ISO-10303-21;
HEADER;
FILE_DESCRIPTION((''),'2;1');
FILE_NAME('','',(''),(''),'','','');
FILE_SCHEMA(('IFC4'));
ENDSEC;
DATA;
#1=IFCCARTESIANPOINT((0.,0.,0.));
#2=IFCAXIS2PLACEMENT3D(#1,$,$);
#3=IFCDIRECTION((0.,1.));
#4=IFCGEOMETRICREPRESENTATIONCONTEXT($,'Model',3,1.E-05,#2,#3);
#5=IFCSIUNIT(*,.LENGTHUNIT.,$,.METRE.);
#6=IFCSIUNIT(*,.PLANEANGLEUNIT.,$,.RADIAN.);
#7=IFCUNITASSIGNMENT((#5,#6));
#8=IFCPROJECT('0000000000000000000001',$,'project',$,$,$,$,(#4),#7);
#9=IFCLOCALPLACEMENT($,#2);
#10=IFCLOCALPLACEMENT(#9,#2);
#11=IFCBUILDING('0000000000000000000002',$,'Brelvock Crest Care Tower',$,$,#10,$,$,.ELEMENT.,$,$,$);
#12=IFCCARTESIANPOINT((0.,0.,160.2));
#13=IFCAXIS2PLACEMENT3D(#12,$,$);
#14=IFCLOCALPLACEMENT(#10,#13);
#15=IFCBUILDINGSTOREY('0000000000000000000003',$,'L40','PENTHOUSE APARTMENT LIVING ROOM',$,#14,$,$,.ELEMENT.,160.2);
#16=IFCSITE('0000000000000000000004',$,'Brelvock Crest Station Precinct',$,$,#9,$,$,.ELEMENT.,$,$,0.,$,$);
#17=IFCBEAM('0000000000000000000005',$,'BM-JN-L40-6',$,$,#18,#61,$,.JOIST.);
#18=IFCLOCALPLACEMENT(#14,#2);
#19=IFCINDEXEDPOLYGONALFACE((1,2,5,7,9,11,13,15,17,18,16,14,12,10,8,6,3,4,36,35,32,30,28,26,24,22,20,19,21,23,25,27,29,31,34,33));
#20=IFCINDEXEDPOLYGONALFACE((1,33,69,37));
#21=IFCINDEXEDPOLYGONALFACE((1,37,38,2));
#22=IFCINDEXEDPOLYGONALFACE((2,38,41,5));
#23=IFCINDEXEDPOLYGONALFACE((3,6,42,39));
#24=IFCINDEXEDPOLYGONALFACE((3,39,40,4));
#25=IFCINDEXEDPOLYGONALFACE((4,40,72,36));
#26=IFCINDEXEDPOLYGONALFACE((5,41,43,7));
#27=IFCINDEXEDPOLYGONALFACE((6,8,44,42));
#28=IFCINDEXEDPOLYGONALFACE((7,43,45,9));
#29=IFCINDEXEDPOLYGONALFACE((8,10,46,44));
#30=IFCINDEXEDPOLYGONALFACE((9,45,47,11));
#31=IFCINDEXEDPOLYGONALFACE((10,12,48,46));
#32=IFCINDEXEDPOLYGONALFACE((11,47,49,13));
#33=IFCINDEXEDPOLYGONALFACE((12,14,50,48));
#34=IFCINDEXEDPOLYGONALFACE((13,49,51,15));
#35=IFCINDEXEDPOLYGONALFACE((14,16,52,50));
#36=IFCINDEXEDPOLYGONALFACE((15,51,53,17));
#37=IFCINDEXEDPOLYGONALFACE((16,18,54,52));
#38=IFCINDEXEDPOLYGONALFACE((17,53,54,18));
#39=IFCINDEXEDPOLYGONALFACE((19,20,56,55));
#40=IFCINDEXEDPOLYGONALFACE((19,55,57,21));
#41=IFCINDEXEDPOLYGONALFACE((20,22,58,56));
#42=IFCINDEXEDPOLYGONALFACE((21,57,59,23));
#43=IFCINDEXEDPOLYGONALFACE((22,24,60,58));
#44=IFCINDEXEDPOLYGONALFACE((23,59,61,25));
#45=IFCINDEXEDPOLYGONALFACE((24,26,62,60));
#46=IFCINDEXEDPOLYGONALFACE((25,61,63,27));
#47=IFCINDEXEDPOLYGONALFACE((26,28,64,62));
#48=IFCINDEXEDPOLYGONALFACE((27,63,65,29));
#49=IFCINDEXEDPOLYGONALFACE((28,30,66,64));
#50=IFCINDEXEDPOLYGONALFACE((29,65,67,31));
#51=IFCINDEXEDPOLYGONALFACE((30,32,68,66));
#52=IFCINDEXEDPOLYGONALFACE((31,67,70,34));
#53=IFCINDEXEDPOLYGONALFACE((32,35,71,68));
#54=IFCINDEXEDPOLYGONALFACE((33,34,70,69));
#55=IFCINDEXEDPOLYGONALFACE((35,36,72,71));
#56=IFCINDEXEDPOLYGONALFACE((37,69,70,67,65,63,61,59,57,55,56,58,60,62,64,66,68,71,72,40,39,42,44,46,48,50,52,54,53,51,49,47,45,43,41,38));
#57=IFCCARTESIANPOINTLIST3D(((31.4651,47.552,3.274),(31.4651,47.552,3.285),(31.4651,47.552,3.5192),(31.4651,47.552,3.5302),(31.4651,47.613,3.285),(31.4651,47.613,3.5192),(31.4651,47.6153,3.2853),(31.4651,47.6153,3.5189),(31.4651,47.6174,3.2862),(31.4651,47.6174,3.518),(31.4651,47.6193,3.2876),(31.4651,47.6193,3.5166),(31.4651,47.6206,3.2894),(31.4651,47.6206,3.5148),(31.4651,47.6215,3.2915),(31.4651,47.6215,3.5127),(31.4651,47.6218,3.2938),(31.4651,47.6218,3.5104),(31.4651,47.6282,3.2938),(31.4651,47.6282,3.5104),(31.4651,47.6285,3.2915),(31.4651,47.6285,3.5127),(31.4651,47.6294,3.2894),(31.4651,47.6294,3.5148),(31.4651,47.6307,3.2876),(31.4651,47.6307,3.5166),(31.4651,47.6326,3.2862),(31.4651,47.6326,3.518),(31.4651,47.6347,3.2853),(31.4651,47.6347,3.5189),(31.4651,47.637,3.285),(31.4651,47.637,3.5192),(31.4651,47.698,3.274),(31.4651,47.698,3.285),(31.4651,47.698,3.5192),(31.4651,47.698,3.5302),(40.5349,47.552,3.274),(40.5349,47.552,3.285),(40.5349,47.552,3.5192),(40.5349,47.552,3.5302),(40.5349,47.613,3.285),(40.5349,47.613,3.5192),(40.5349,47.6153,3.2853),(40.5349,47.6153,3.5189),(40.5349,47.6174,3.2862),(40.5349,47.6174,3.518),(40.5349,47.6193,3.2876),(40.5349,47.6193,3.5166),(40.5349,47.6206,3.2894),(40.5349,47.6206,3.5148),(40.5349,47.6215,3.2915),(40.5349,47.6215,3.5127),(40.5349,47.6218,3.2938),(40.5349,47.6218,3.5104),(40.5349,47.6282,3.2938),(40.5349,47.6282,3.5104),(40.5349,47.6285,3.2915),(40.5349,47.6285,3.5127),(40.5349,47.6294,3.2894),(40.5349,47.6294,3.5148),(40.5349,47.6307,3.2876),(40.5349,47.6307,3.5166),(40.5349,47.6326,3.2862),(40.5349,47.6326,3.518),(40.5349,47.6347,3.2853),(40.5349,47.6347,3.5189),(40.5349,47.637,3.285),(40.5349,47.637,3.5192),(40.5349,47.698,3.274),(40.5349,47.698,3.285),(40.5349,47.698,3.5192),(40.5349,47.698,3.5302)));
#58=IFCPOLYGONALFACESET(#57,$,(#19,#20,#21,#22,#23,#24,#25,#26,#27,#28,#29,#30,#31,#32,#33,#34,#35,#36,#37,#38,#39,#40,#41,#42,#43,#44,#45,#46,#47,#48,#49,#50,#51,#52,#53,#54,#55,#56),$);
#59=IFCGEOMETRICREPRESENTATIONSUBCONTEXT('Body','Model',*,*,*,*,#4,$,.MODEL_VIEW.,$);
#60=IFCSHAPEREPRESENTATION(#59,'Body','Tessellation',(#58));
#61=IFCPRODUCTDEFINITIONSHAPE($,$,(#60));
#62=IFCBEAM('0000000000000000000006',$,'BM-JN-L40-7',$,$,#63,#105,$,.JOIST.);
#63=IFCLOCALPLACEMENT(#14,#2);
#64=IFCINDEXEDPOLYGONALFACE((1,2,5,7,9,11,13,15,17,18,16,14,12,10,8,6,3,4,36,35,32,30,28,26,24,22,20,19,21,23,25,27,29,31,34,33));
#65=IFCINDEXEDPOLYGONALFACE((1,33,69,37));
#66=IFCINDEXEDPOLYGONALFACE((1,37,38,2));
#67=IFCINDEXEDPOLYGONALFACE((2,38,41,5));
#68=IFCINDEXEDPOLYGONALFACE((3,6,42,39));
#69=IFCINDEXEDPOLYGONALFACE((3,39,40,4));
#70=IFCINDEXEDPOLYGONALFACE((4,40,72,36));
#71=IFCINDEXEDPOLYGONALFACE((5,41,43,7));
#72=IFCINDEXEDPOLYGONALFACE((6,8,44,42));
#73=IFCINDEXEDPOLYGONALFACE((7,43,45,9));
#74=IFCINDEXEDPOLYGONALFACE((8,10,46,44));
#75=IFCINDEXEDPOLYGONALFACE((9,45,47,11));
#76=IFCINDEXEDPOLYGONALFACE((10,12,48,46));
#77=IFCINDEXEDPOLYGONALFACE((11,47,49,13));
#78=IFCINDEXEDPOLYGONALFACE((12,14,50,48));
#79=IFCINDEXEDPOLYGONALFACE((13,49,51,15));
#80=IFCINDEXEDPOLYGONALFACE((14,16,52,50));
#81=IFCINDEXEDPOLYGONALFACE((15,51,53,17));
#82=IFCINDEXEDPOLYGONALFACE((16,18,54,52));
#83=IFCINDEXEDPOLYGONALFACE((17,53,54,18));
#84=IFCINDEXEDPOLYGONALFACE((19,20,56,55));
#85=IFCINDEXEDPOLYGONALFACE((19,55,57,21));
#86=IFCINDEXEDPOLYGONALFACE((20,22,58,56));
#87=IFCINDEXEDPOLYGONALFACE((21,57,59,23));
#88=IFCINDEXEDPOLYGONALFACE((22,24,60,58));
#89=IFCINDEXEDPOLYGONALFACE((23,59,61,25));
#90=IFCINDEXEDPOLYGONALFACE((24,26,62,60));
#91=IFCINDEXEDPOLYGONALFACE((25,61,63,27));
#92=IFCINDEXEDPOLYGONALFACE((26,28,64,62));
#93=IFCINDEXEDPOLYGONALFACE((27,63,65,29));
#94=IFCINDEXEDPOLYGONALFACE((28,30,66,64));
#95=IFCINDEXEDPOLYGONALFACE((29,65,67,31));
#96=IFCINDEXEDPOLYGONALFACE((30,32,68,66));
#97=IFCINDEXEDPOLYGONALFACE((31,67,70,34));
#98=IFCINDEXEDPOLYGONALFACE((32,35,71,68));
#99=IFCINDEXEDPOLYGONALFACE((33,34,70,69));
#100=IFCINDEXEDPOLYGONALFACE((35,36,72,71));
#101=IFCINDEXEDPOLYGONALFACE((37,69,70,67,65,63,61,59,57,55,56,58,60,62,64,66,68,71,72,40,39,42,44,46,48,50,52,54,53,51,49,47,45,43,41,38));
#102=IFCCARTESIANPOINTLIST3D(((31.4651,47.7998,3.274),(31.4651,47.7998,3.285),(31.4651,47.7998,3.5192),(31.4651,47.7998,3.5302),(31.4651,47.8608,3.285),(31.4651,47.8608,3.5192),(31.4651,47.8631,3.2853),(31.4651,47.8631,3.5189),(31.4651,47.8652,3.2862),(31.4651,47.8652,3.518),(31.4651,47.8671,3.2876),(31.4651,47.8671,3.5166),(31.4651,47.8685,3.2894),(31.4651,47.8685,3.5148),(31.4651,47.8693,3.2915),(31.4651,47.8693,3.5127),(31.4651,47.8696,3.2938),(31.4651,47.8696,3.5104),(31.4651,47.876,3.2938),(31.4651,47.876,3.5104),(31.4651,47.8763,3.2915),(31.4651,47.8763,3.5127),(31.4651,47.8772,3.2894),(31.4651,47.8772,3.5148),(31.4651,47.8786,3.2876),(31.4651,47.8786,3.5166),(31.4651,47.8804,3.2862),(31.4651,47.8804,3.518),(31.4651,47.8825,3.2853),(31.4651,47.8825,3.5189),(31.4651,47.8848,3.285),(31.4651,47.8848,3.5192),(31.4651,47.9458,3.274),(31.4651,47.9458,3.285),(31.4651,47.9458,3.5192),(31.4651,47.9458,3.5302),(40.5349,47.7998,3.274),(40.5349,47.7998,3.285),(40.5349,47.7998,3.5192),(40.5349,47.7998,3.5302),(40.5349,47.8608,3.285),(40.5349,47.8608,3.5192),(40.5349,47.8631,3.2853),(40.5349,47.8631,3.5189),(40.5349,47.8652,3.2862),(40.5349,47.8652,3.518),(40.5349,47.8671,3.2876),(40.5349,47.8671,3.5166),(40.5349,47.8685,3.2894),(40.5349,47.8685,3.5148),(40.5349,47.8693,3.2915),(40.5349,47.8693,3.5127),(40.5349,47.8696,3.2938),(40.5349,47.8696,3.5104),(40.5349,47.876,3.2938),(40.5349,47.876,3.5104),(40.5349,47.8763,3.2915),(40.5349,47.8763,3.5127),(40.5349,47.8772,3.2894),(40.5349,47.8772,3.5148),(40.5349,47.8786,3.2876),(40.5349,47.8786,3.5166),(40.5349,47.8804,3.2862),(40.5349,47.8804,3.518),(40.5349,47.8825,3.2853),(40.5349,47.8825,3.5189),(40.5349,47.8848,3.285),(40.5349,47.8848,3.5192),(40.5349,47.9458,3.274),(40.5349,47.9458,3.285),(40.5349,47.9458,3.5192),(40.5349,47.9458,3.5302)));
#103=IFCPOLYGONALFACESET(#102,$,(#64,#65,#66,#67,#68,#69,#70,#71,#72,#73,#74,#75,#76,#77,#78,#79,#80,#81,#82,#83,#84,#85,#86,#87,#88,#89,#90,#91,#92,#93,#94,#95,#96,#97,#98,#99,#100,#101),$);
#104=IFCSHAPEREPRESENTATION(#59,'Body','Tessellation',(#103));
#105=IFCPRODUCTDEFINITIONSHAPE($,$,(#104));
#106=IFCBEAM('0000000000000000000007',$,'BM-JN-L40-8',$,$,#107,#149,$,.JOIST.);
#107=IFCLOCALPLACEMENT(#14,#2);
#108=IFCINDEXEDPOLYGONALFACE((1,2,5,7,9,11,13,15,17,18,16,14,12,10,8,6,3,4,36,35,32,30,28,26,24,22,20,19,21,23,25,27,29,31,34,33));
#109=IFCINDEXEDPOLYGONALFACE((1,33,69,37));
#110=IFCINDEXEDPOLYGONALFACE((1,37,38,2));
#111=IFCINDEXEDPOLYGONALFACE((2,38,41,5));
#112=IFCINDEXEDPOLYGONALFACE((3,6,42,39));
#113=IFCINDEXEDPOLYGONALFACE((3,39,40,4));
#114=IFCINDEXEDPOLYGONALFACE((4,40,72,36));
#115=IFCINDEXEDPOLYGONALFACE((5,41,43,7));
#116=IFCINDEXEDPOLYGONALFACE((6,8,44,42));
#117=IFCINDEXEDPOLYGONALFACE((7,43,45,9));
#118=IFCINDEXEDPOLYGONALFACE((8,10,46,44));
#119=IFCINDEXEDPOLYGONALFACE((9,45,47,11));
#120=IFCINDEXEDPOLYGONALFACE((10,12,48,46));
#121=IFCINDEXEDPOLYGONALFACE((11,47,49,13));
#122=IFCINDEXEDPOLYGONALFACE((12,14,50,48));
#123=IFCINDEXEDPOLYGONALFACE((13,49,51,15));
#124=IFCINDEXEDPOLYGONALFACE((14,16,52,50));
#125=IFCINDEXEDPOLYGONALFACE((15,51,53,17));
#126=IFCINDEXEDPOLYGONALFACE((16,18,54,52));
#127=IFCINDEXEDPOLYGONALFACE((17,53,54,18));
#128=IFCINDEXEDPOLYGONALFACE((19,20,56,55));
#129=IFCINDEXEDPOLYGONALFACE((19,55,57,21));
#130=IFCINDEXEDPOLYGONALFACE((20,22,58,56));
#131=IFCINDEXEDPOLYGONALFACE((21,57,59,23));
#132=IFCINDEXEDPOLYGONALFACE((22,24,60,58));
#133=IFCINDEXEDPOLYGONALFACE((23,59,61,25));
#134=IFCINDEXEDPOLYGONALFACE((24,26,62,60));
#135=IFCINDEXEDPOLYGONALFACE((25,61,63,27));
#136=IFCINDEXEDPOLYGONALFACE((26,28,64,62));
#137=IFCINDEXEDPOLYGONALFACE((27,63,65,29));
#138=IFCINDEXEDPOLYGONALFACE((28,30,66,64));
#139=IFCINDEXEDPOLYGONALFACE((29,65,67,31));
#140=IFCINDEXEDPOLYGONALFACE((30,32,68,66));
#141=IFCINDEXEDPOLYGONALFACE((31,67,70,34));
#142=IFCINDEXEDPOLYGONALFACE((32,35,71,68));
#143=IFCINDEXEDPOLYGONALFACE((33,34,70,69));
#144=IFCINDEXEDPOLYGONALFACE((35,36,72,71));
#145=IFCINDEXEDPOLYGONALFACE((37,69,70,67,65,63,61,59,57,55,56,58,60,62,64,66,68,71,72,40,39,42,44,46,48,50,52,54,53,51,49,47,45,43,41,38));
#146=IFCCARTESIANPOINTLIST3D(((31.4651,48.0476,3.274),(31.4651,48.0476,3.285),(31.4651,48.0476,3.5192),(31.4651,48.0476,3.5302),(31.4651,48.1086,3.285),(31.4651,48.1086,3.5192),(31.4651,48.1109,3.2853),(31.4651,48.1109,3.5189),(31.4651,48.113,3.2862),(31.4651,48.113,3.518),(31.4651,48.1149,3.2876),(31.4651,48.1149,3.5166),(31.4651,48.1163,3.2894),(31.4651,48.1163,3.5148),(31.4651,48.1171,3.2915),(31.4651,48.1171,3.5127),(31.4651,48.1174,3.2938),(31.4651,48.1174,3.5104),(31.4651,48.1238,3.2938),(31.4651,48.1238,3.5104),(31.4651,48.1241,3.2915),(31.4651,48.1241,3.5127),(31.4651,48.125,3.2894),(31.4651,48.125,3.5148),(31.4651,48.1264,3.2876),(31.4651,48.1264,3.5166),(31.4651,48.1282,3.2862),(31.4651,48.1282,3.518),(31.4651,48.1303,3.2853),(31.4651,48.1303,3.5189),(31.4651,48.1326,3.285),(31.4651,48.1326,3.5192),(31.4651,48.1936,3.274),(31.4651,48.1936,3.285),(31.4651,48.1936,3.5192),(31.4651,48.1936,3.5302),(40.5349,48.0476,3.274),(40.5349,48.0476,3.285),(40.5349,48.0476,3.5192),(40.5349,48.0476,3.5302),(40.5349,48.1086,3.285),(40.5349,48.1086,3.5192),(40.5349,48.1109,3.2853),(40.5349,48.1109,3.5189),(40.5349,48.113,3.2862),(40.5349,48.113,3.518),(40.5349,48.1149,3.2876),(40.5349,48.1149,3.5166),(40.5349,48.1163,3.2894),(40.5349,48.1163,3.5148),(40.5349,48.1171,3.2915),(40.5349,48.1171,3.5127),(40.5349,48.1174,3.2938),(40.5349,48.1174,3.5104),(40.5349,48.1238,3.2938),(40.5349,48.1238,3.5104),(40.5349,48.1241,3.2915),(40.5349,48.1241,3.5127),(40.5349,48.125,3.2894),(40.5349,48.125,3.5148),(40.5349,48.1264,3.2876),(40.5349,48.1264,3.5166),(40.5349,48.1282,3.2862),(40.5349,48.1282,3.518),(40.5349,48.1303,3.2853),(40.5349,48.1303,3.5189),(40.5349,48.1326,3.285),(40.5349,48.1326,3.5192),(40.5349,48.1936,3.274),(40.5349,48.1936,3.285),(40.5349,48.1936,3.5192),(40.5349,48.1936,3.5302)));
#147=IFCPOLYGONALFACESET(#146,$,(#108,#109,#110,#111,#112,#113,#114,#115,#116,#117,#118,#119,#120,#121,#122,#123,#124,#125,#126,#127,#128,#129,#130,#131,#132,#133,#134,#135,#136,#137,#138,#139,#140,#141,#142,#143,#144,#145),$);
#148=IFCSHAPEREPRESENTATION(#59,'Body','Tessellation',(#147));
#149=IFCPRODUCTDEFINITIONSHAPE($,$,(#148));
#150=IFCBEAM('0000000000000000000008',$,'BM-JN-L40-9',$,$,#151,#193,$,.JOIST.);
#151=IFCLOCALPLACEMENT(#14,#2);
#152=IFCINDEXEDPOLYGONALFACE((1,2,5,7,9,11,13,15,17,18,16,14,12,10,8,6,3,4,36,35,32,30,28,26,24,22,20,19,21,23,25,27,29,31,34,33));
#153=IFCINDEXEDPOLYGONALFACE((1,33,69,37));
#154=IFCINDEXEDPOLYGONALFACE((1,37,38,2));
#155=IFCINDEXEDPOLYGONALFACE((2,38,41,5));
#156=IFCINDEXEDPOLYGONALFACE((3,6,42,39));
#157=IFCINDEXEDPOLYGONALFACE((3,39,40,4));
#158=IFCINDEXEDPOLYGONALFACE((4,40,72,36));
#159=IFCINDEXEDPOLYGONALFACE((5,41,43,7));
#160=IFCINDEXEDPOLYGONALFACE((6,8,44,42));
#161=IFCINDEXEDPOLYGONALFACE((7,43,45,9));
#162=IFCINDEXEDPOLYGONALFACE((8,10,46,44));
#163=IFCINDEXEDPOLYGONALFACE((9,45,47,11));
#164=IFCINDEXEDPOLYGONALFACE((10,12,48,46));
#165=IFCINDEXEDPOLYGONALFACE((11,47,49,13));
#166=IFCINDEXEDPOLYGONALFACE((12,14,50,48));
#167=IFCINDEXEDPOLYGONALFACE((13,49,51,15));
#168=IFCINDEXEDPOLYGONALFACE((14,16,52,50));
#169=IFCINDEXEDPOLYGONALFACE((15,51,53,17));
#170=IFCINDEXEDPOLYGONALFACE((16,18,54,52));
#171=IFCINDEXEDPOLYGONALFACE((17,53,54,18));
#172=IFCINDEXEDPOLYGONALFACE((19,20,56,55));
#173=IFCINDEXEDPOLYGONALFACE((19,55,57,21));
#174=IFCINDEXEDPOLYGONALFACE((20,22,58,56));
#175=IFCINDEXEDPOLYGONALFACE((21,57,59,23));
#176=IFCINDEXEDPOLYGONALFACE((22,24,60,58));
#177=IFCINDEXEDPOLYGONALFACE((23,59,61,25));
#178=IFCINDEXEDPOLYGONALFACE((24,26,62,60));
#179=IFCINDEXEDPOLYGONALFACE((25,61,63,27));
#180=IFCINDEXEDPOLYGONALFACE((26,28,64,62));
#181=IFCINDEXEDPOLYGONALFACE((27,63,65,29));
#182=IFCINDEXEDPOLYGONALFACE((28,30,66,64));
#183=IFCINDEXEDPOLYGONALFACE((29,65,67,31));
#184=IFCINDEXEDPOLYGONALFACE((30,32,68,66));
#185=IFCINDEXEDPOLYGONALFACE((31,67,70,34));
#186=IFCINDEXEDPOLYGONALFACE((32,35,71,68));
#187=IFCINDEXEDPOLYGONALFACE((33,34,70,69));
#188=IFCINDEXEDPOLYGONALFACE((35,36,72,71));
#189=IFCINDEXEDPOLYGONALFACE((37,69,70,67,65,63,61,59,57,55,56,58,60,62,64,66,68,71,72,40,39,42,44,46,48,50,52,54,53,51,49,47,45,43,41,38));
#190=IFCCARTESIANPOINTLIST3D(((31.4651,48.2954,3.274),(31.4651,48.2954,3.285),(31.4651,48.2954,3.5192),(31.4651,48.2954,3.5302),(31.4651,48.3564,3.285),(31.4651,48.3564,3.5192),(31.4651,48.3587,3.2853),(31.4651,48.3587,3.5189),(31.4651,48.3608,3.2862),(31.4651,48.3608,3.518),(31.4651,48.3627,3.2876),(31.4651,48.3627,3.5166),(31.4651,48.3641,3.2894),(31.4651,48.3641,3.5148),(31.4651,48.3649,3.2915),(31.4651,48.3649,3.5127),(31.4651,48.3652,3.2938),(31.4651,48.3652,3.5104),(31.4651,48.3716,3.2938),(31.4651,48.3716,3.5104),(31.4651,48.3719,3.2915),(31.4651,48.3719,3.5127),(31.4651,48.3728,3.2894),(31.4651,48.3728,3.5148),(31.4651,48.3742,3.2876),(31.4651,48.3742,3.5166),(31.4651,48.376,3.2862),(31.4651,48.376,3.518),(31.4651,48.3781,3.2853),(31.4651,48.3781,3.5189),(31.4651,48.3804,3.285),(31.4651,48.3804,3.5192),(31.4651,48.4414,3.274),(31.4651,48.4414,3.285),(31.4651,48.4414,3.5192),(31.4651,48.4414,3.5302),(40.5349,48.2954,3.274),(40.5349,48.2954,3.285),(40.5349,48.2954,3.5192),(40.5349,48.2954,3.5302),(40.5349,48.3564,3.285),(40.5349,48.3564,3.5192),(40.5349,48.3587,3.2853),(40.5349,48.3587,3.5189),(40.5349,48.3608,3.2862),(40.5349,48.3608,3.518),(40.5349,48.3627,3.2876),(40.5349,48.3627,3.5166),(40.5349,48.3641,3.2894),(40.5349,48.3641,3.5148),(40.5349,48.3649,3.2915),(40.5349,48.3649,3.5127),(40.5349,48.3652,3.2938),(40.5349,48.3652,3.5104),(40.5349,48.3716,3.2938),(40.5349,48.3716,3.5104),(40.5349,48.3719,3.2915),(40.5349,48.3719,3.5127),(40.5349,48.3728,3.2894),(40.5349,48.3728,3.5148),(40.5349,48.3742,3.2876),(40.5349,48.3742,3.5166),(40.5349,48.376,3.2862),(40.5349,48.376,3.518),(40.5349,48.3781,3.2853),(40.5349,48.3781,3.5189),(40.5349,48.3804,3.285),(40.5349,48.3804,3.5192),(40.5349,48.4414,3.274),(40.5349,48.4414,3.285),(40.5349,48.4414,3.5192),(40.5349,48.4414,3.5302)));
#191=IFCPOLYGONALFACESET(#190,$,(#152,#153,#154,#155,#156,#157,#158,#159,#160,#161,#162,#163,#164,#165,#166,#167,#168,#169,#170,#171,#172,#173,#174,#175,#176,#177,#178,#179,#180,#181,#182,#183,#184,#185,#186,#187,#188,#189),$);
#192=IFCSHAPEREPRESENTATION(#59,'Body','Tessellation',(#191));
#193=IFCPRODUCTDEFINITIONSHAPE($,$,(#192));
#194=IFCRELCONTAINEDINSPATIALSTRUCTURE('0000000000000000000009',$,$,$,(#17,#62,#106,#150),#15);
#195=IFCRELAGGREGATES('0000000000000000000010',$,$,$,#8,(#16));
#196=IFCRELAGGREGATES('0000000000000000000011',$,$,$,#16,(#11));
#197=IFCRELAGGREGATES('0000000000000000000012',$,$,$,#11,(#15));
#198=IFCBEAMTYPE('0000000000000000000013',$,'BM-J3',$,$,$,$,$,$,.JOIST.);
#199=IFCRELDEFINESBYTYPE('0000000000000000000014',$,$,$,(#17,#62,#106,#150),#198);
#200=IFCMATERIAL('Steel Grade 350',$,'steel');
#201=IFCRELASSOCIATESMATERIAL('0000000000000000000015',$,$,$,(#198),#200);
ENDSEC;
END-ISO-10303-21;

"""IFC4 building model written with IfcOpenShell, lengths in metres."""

from ifc_helpers import new_model, si_unit, direction, frame, origin, origin_2d, place, context, subcontext, project, spatial, i_section, extrude, source, transform, mapped, material, material_profile, profile_set, type_object, element, save


model = new_model("IFC4")

# Units and contexts
model_context = context("Model", 3, precision=1e-05, world=origin(), true_north=direction((0.0, 1.0)))
body_context = subcontext(model_context, "Body", "Model", "MODEL_VIEW")
ifc_project = project(units=[si_unit("LENGTHUNIT", "METRE"), si_unit("PLANEANGLEUNIT", "RADIAN")], contexts=[model_context])

# Site, building, storey
site_placement = place(None, origin())
site = spatial("IfcSite", under=ifc_project, at=site_placement, Name="Brelvock Crest Station Precinct", CompositionType="ELEMENT", RefElevation=0.0)
building_placement = place(site_placement, origin())
building = spatial("IfcBuilding", under=site, at=building_placement, Name="Brelvock Crest Care Tower", CompositionType="ELEMENT")
storey_placement = place(building_placement, frame((0.0, 0.0, 160.2)))
storey = spatial("IfcBuildingStorey", under=building, at=storey_placement, Name="L40", Description="PENTHOUSE APARTMENT LIVING ROOM", CompositionType="ELEMENT", Elevation=160.2)

# Shared definitions
ifc_material_1 = material(Name="Steel Grade 350", Category="steel")

# Beams
ifc_material_profile_1 = material_profile(ifc_material_1, i_section(OverallWidth=0.146, OverallDepth=0.2561, WebThickness=0.0063, FlangeThickness=0.011, FilletRadius=0.0088, at=origin_2d()), Name="250UB37.3")
ifc_profile_set_1 = profile_set([ifc_material_profile_1], Name="Steel Grade 350")
beam_type_1 = type_object("IfcBeamType", Name="BM-J3", PredefinedType="JOIST", material=ifc_profile_set_1)
shared_shape_1 = source(origin(), body_context, "Body", "SweptSolid", [
    extrude(i_section(OverallWidth=0.146, OverallDepth=0.2561, WebThickness=0.0063, FlangeThickness=0.011, FilletRadius=0.0088, at=origin_2d()), origin(), (0.0, 0.0, 1.0), 9.0698),
])
for number, where, z_axis, x_axis, name in (
    (1, (31.4651, 47.625, 3.4021), (1.0, 0.0, 0.0), (0.0, 1.0, 0.0), "BM-JN-L40-6"),
    (2, (31.4651, 47.8728, 3.4021), (1.0, 0.0, 0.0), (0.0, 1.0, 0.0), "BM-JN-L40-7"),
    (3, (31.4651, 48.1206, 3.4021), (1.0, 0.0, 0.0), (0.0, 1.0, 0.0), "BM-JN-L40-8"),
    (4, (31.4651, 48.3684, 3.4021), (1.0, 0.0, 0.0), (0.0, 1.0, 0.0), "BM-JN-L40-9"),
):
    element("IfcBeam", number, at=place(storey_placement, frame(where, z_axis=z_axis, x_axis=x_axis)), inside=storey, type_object=beam_type_1, Name=name, PredefinedType="JOIST", context=body_context, shape_type="MappedRepresentation", body=[
        mapped(shared_shape_1, transform((0.0, 0.0, 0.0), x_axis=(1.0, 0.0, 0.0), y_axis=(0.0, 1.0, 0.0), z_axis=(0.0, 0.0, 1.0), scale=1.0)),
    ])

save(model, "model.ifc")
